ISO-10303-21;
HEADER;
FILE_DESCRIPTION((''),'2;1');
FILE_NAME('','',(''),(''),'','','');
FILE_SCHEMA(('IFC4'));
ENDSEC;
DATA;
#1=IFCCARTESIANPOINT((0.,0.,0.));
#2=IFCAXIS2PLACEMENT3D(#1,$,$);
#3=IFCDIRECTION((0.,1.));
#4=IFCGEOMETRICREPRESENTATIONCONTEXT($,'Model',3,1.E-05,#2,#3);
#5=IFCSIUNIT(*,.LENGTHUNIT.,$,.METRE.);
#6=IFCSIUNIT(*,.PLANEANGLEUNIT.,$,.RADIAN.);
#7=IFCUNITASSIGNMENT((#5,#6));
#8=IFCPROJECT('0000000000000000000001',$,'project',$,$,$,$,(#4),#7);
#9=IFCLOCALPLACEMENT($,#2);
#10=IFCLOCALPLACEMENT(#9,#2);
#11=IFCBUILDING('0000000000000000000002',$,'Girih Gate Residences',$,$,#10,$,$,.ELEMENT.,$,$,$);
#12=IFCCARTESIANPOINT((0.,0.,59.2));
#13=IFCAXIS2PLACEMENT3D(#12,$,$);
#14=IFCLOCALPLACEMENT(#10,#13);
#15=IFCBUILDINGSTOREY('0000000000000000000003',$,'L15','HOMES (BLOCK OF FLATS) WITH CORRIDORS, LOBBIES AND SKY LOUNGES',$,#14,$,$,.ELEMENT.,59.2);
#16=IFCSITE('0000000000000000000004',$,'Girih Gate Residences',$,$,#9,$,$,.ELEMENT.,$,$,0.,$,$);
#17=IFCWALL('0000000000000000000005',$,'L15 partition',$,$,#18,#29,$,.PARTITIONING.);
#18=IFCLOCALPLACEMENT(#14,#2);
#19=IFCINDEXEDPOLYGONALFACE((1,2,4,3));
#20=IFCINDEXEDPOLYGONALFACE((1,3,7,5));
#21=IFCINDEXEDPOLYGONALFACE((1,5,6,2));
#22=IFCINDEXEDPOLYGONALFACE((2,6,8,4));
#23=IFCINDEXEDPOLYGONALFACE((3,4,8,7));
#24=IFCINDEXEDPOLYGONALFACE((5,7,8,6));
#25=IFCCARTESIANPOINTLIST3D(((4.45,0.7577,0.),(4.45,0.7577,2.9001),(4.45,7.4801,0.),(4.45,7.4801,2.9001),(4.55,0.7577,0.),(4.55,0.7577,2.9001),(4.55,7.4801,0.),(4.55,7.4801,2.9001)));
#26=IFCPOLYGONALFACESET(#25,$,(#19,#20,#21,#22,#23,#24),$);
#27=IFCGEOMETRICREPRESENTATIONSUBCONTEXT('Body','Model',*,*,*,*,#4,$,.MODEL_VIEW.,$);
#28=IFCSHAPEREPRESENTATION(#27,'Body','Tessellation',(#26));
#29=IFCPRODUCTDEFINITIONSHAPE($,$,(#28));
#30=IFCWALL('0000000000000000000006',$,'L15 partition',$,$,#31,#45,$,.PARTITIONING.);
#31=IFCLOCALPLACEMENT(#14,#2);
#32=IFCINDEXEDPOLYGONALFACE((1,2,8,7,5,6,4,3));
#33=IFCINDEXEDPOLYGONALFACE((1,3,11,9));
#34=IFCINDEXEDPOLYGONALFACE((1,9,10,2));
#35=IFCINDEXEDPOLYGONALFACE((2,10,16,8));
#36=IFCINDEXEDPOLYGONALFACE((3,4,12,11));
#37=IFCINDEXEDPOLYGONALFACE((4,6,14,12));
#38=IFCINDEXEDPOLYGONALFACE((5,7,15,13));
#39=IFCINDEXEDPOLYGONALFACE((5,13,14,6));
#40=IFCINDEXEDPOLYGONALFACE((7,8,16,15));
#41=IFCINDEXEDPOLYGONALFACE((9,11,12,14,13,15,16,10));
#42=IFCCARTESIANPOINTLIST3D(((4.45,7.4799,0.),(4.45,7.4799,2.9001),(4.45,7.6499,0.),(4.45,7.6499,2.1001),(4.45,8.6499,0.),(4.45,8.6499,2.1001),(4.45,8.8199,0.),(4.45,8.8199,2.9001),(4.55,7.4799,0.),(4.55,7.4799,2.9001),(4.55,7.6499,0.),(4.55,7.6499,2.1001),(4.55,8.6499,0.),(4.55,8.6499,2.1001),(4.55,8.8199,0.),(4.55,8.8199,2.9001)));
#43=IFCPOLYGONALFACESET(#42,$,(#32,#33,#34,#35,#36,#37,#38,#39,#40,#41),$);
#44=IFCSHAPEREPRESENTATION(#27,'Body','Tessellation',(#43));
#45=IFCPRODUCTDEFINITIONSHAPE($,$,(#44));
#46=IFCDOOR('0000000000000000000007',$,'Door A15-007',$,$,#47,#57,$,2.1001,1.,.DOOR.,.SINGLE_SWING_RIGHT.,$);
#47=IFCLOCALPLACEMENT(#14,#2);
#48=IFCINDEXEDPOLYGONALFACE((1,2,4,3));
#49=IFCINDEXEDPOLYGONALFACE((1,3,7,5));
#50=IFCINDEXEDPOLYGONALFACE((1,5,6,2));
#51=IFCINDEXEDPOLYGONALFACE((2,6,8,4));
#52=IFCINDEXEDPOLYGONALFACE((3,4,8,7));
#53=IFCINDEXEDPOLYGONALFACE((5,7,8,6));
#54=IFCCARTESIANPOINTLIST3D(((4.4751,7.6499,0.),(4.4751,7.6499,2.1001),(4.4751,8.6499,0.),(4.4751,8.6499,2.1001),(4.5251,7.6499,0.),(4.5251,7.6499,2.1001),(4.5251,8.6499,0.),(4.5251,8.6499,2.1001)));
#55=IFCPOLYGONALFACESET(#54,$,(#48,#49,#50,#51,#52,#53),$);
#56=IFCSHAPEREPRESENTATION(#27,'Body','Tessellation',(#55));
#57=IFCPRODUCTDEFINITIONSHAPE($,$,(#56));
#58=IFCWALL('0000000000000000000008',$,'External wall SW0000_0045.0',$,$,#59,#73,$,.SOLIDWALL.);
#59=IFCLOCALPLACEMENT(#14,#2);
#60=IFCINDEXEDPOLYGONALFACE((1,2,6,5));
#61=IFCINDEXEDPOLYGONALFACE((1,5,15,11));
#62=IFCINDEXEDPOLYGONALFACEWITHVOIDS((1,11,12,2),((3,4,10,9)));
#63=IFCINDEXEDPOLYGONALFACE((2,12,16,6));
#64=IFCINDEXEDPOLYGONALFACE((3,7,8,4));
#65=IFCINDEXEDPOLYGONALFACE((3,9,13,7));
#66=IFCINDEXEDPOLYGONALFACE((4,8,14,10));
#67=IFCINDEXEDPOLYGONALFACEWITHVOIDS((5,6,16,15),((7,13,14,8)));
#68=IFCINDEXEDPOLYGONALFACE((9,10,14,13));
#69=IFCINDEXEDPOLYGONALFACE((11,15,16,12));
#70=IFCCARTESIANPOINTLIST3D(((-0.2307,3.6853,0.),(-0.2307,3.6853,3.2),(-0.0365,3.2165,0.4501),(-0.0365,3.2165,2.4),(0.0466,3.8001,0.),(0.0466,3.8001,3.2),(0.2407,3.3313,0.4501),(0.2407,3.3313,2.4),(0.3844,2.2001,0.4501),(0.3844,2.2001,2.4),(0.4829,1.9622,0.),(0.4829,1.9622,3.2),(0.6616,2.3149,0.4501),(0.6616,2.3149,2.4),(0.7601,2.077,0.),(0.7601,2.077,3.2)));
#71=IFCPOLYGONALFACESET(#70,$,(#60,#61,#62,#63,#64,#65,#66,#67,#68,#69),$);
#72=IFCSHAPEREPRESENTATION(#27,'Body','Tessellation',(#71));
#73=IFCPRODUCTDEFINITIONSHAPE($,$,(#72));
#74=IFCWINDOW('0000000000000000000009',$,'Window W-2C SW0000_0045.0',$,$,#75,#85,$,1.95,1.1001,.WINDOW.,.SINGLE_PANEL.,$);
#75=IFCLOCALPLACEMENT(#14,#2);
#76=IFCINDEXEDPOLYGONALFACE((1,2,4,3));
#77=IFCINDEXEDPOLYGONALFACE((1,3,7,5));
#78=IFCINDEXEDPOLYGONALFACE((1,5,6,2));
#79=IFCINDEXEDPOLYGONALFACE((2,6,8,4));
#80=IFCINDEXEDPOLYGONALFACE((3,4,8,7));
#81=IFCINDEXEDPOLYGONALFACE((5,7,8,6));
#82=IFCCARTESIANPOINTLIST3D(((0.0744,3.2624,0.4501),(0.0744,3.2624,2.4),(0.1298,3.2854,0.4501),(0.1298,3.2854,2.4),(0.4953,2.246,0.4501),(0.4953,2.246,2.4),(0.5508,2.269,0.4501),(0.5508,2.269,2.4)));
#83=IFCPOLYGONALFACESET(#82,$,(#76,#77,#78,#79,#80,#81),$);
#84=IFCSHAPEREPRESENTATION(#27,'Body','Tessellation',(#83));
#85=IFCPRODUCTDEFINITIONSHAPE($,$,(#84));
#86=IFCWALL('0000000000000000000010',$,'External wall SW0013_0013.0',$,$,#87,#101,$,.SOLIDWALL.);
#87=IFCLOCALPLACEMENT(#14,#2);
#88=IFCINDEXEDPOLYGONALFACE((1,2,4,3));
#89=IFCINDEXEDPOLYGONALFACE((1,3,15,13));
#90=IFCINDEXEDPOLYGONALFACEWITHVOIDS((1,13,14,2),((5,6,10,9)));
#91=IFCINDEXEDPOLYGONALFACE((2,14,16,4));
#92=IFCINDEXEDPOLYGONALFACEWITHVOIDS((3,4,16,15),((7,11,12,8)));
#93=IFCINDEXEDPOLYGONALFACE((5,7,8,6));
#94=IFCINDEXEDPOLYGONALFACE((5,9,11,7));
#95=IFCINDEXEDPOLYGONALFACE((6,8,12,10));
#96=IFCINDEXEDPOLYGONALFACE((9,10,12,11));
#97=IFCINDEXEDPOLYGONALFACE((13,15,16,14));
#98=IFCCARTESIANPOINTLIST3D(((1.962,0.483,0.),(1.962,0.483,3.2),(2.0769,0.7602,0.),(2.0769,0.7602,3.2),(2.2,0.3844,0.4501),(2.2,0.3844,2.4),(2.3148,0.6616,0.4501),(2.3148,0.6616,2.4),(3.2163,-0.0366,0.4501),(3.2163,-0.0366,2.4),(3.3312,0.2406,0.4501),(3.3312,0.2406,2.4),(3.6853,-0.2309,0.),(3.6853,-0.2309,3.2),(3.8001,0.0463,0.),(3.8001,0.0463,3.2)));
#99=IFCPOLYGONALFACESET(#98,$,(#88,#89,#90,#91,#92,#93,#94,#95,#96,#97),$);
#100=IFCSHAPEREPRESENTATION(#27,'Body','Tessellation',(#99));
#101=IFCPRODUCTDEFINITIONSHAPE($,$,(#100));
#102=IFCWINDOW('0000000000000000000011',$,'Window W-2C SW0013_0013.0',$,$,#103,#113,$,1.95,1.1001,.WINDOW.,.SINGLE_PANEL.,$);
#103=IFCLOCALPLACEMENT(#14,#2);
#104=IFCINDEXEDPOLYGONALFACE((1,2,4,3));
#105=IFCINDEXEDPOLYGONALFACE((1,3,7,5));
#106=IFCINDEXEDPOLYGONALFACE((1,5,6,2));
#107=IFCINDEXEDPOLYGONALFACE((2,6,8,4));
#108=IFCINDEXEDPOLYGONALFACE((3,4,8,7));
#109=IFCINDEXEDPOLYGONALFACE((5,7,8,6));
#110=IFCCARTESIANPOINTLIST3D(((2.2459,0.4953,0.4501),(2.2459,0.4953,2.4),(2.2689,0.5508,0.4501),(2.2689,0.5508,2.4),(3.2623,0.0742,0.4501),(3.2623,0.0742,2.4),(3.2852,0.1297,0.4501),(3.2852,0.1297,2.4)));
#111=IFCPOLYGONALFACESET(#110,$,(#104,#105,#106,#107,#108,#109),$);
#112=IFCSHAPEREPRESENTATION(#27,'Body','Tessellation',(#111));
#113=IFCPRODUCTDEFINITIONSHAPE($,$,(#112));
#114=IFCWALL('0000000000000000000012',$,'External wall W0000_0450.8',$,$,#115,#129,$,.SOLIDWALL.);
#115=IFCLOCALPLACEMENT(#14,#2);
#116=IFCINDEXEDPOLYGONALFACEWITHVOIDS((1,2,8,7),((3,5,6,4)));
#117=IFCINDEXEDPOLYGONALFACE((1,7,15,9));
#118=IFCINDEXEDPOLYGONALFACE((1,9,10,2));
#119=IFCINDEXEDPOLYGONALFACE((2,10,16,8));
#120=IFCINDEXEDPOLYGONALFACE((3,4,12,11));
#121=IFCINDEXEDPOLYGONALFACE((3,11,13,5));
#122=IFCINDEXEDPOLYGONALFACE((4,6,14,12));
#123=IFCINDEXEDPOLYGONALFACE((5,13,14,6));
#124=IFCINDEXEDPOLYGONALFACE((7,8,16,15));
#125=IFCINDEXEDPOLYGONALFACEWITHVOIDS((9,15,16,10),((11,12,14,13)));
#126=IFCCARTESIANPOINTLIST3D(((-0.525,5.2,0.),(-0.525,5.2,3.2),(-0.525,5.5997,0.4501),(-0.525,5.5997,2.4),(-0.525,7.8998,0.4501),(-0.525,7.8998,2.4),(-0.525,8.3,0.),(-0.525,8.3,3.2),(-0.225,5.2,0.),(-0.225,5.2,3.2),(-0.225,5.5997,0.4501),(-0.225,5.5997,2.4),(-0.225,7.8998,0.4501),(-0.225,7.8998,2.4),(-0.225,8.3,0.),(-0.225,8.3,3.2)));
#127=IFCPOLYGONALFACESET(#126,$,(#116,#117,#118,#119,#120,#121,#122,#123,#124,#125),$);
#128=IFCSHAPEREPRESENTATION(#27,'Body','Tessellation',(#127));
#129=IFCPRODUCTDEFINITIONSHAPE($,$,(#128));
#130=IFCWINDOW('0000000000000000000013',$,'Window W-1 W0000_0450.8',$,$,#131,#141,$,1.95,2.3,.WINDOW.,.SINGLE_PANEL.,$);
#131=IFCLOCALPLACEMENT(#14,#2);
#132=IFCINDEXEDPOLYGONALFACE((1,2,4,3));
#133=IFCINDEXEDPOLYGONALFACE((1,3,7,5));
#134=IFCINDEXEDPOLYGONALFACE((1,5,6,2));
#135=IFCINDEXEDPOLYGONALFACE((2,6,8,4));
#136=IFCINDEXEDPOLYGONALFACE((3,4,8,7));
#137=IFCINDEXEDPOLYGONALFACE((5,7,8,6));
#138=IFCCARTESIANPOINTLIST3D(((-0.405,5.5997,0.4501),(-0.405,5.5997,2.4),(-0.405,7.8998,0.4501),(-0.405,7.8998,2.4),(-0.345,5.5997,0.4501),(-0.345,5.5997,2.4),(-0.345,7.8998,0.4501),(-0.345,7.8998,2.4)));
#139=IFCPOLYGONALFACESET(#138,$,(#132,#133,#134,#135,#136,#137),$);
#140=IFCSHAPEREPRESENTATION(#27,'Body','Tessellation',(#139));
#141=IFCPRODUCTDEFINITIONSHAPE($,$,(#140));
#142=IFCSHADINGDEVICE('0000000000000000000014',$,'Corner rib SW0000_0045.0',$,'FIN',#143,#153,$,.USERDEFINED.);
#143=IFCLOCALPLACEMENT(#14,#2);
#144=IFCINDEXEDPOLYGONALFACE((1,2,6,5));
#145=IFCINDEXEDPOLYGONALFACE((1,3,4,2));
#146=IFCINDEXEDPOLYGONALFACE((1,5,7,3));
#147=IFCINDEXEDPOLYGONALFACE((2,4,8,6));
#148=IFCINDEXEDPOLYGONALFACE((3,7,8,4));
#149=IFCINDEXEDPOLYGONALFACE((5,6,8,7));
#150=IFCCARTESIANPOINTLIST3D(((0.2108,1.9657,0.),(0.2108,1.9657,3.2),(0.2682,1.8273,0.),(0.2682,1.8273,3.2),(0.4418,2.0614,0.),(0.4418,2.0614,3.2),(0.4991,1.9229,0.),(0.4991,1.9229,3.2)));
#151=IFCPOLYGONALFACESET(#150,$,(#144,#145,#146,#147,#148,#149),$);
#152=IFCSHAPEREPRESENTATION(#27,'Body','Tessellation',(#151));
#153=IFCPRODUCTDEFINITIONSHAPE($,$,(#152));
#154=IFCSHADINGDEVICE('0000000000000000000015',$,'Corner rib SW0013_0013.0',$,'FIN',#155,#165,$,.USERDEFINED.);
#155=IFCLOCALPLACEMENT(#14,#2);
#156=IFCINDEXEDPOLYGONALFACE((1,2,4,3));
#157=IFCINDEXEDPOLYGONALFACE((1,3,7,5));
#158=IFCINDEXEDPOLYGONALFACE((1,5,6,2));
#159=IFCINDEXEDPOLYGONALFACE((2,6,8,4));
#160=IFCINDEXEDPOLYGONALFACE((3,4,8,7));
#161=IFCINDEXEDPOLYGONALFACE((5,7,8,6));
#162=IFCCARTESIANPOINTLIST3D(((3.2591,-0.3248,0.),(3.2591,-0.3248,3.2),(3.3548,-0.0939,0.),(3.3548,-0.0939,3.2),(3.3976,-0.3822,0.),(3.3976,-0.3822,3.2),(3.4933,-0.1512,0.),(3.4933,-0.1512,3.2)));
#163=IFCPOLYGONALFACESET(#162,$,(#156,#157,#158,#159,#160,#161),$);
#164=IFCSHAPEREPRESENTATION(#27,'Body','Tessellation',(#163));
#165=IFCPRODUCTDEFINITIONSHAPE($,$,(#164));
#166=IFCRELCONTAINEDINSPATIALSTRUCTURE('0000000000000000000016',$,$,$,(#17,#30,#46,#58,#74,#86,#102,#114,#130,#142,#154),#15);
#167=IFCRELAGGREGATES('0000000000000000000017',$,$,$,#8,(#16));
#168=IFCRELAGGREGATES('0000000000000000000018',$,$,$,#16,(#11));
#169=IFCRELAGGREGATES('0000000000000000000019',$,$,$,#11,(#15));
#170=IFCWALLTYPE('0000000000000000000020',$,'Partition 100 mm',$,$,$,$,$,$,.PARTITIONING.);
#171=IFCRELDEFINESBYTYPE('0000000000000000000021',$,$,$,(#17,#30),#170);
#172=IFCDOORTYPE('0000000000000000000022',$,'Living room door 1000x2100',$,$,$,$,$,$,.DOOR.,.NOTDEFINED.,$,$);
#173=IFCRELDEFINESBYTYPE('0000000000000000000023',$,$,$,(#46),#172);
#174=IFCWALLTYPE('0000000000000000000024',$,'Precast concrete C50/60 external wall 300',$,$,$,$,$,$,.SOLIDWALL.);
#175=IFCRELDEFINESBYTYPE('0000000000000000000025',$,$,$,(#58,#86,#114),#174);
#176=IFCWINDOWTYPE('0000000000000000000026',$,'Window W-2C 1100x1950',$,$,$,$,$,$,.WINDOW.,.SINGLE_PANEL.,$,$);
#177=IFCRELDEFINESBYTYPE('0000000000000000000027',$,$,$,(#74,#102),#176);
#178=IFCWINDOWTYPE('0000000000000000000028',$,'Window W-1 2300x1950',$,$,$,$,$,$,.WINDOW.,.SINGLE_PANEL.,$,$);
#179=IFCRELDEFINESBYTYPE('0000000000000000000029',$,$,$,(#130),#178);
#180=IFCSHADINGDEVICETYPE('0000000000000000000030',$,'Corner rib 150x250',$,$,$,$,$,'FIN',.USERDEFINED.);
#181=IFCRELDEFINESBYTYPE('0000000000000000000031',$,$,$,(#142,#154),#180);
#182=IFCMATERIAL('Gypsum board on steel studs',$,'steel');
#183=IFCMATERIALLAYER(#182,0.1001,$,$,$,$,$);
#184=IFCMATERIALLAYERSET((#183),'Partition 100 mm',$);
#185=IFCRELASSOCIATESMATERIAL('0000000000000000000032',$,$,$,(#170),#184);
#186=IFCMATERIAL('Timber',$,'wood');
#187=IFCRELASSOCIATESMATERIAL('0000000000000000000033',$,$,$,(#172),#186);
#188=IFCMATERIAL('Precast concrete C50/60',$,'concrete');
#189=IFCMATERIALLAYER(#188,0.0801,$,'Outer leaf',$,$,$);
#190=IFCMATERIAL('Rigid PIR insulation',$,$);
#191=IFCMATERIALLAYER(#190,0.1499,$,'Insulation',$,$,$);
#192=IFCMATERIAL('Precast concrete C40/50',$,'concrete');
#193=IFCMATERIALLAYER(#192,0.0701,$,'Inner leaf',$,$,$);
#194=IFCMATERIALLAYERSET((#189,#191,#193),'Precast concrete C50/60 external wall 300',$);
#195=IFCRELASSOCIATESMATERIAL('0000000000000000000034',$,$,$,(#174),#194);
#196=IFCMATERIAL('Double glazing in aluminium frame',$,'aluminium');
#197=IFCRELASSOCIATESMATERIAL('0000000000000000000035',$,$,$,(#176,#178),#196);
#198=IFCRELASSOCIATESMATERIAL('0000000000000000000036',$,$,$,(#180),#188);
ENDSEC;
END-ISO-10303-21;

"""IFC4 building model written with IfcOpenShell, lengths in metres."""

from ifc_helpers import new_model, si_unit, direction, frame, frame_2d, origin, origin_2d, place, context, subcontext, project, spatial, rectangle, extrude, material, layer, layer_set, type_object, element, fill, save


model = new_model("IFC4")

# Units and contexts
model_context = context("Model", 3, precision=1e-05, world=origin(), true_north=direction((0.0, 1.0)))
body_context = subcontext(model_context, "Body", "Model", "MODEL_VIEW")
ifc_project = project(units=[si_unit("LENGTHUNIT", "METRE"), si_unit("PLANEANGLEUNIT", "RADIAN")], contexts=[model_context])

# Site, building, storey
site_placement = place(None, origin())
site = spatial("IfcSite", under=ifc_project, at=site_placement, Name="Girih Gate Residences", CompositionType="ELEMENT", RefElevation=0.0)
building_placement = place(site_placement, origin())
building = spatial("IfcBuilding", under=site, at=building_placement, Name="Girih Gate Residences", CompositionType="ELEMENT")
storey_placement = place(building_placement, frame((0.0, 0.0, 59.2)))
storey = spatial("IfcBuildingStorey", under=building, at=storey_placement, Name="L15", Description="HOMES (BLOCK OF FLATS) WITH CORRIDORS, LOBBIES AND SKY LOUNGES", CompositionType="ELEMENT", Elevation=59.2)

# Wall
ifc_material_1 = material(Name="Gypsum board on steel studs", Category="steel")
ifc_layer_1 = layer(ifc_material_1, 0.1001)
ifc_layer_set_1 = layer_set([ifc_layer_1], Name="Partition 100 mm")
wall_type_1 = type_object("IfcWallType", Name="Partition 100 mm", PredefinedType="PARTITIONING", material=ifc_layer_set_1)
wall_1_placement = place(storey_placement, frame((4.5, 0.7576, 0.0), z_axis=(0.0, 0.0, 1.0), x_axis=(0.0, 1.0, 0.0)))
element("IfcWall", 1, at=wall_1_placement, inside=storey, type_object=wall_type_1, Name="L15 partition", PredefinedType="PARTITIONING", context=body_context, shape_type="SweptSolid", body=[
    extrude(rectangle(XDim=6.7224, YDim=0.1001, at=frame_2d((3.3613, 0.0))), origin(), (0.0, 0.0, 1.0), 2.9001),
])

# Wall, opening, door
wall_2_placement = place(storey_placement, frame((4.5, 7.48, 0.0), z_axis=(0.0, 0.0, 1.0), x_axis=(0.0, 1.0, 0.0)))
wall_2 = element("IfcWall", 2, at=wall_2_placement, inside=storey, type_object=wall_type_1, Name="L15 partition", PredefinedType="PARTITIONING", context=body_context, shape_type="SweptSolid", body=[
    extrude(rectangle(XDim=1.3401, YDim=0.1001, at=frame_2d((0.6699, 0.0))), origin(), (0.0, 0.0, 1.0), 2.9001),
])
opening_1_placement = place(wall_2_placement, frame((0.1699, 0.0, 0.0)))
opening_1 = element("IfcOpeningElement", 3, at=opening_1_placement, cuts=wall_2, PredefinedType="OPENING", context=body_context, shape_type="SweptSolid", body=[
    extrude(rectangle(XDim=1.0, YDim=2.1001, at=frame_2d((0.5, 1.05))), frame((0.0, 0.0601, 0.0), z_axis=(0.0, -1.0, 0.0), x_axis=(1.0, 0.0, 0.0)), (0.0, 0.0, 1.0), 0.1201),
])
ifc_material_2 = material(Name="Timber", Category="wood")
door_type = type_object("IfcDoorType", Name="Living room door 1000x2100", OperationType="NOTDEFINED", PredefinedType="DOOR", material=ifc_material_2)
door_placement = place(opening_1_placement, origin())
door = element("IfcDoor", 4, at=door_placement, inside=storey, type_object=door_type, Name="Door A15-007", OperationType="SINGLE_SWING_RIGHT", OverallHeight=2.1001, OverallWidth=1.0, PredefinedType="DOOR", context=body_context, shape_type="SweptSolid", body=[
    extrude(rectangle(XDim=1.0, YDim=2.1001, at=frame_2d((0.5, 1.05))), frame((0.0, 0.0249, 0.0), z_axis=(0.0, -1.0, 0.0), x_axis=(1.0, 0.0, 0.0)), (0.0, 0.0, 1.0), 0.05),
])
fill(opening_1, door)

# Walls, openings, windows
ifc_material_3 = material(Name="Precast concrete C50/60", Category="concrete")
ifc_layer_2 = layer(ifc_material_3, 0.0801, Name="Outer leaf")
ifc_material_4 = material(Name="Rigid PIR insulation")
ifc_layer_3 = layer(ifc_material_4, 0.1499, Name="Insulation")
ifc_material_5 = material(Name="Precast concrete C40/50", Category="concrete")
ifc_layer_4 = layer(ifc_material_5, 0.0701, Name="Inner leaf")
ifc_layer_set_2 = layer_set([ifc_layer_2, ifc_layer_3, ifc_layer_4], Name="Precast concrete C50/60 external wall 300")
wall_type_2 = type_object("IfcWallType", Name="Precast concrete C50/60 external wall 300", PredefinedType="SOLIDWALL", material=ifc_layer_set_2)
wall_3_placement = place(storey_placement, frame((0.6216, 2.0195, 0.0), z_axis=(0.0, 0.0, 1.0), x_axis=(-0.382625, 0.923904, 0.0)))
wall_3 = element("IfcWall", 5, at=wall_3_placement, inside=storey, type_object=wall_type_2, Name="External wall SW0000_0045.0", PredefinedType="SOLIDWALL", context=body_context, shape_type="SweptSolid", body=[
    extrude(rectangle(XDim=1.865, YDim=0.3, at=frame_2d((0.9326, 0.0))), origin(), (0.0, 0.0, 1.0), 3.2),
])
opening_2_placement = place(wall_3_placement, frame((0.2576, 0.0, 0.45)))
opening_2 = element("IfcOpeningElement", 6, at=opening_2_placement, cuts=wall_3, PredefinedType="OPENING", context=body_context, shape_type="SweptSolid", body=[
    extrude(rectangle(XDim=1.1001, YDim=1.95, at=frame_2d((0.55, 0.9751))), frame((0.0, 0.1599, 0.0), z_axis=(0.0, -1.0, 0.0), x_axis=(1.0, 0.0, 0.0)), (0.0, 0.0, 1.0), 0.3201),
])
ifc_material_6 = material(Name="Double glazing in aluminium frame", Category="aluminium")
window_type_1 = type_object("IfcWindowType", Name="Window W-2C 1100x1950", PartitioningType="SINGLE_PANEL", PredefinedType="WINDOW", material=ifc_material_6)
window_1_placement = place(opening_2_placement, origin())
window_1 = element("IfcWindow", 7, at=window_1_placement, inside=storey, type_object=window_type_1, Name="Window W-2C SW0000_0045.0", OverallHeight=1.95, OverallWidth=1.1001, PartitioningType="SINGLE_PANEL", PredefinedType="WINDOW", context=body_context, shape_type="SweptSolid", body=[
    extrude(rectangle(XDim=1.1001, YDim=1.95, at=frame_2d((0.55, 0.9751))), frame((0.0, 0.03, 0.0), z_axis=(0.0, -1.0, 0.0), x_axis=(1.0, 0.0, 0.0)), (0.0, 0.0, 1.0), 0.0601),
])
fill(opening_2, window_1)
wall_4_placement = place(storey_placement, frame((3.7427, -0.0923, 0.0), z_axis=(0.0, 0.0, 1.0), x_axis=(-0.923857, 0.382737, 0.0)))
wall_4 = element("IfcWall", 8, at=wall_4_placement, inside=storey, type_object=wall_type_2, Name="External wall SW0013_0013.0", PredefinedType="SOLIDWALL", context=body_context, shape_type="SweptSolid", body=[
    extrude(rectangle(XDim=1.8652, YDim=0.3, at=frame_2d((0.9326, 0.0))), origin(), (0.0, 0.0, 1.0), 3.2),
])
opening_3_placement = place(wall_4_placement, frame((0.5076, 0.0, 0.45)))
opening_3 = element("IfcOpeningElement", 9, at=opening_3_placement, cuts=wall_4, PredefinedType="OPENING", context=body_context, shape_type="SweptSolid", body=[
    extrude(rectangle(XDim=1.1001, YDim=1.95, at=frame_2d((0.55, 0.9751))), frame((0.0, 0.1599, 0.0), z_axis=(0.0, -1.0, 0.0), x_axis=(1.0, 0.0, 0.0)), (0.0, 0.0, 1.0), 0.3201),
])
window_2_placement = place(opening_3_placement, origin())
window_2 = element("IfcWindow", 10, at=window_2_placement, inside=storey, type_object=window_type_1, Name="Window W-2C SW0013_0013.0", OverallHeight=1.95, OverallWidth=1.1001, PartitioningType="SINGLE_PANEL", PredefinedType="WINDOW", context=body_context, shape_type="SweptSolid", body=[
    extrude(rectangle(XDim=1.1001, YDim=1.95, at=frame_2d((0.55, 0.9751))), frame((0.0, 0.03, 0.0), z_axis=(0.0, -1.0, 0.0), x_axis=(1.0, 0.0, 0.0)), (0.0, 0.0, 1.0), 0.0601),
])
fill(opening_3, window_2)
wall_5_placement = place(storey_placement, frame((-0.375, 5.2, 0.0), z_axis=(0.0, 0.0, 1.0), x_axis=(0.0, 1.0, 0.0)))
wall_5 = element("IfcWall", 11, at=wall_5_placement, inside=storey, type_object=wall_type_2, Name="External wall W0000_0450.8", PredefinedType="SOLIDWALL", context=body_context, shape_type="SweptSolid", body=[
    extrude(rectangle(XDim=3.1001, YDim=0.3, at=frame_2d((1.55, 0.0))), origin(), (0.0, 0.0, 1.0), 3.2),
])
opening_4_placement = place(wall_5_placement, frame((0.3999, 0.0, 0.45)))
opening_4 = element("IfcOpeningElement", 12, at=opening_4_placement, cuts=wall_5, PredefinedType="OPENING", context=body_context, shape_type="SweptSolid", body=[
    extrude(rectangle(XDim=2.3, YDim=1.95, at=frame_2d((1.1499, 0.9751))), frame((0.0, 0.1599, 0.0), z_axis=(0.0, -1.0, 0.0), x_axis=(1.0, 0.0, 0.0)), (0.0, 0.0, 1.0), 0.3201),
])
window_type_2 = type_object("IfcWindowType", Name="Window W-1 2300x1950", PartitioningType="SINGLE_PANEL", PredefinedType="WINDOW", material=ifc_material_6)
window_3_placement = place(opening_4_placement, origin())
window_3 = element("IfcWindow", 13, at=window_3_placement, inside=storey, type_object=window_type_2, Name="Window W-1 W0000_0450.8", OverallHeight=1.95, OverallWidth=2.3, PartitioningType="SINGLE_PANEL", PredefinedType="WINDOW", context=body_context, shape_type="SweptSolid", body=[
    extrude(rectangle(XDim=2.3, YDim=1.95, at=frame_2d((1.1499, 0.9751))), frame((0.0, 0.03, 0.0), z_axis=(0.0, -1.0, 0.0), x_axis=(1.0, 0.0, 0.0)), (0.0, 0.0, 1.0), 0.0601),
])
fill(opening_4, window_3)

# Shading devices
shading_device_type = type_object("IfcShadingDeviceType", Name="Corner rib 150x250", ElementType="FIN", PredefinedType="USERDEFINED", material=ifc_material_3)
for number, where, z_axis, x_axis, name in (
    (14, (0.355, 1.9443, 0.0), (0.0, 0.0, 1.0), (0.382683, -0.92388, 0.0), "Corner rib SW0000_0045.0"),
    (15, (3.3762, -0.238, 0.0), (0.0, 0.0, 1.0), (0.92388, -0.382683, 0.0), "Corner rib SW0013_0013.0"),
):
    element("IfcShadingDevice", number, at=place(storey_placement, frame(where, z_axis=z_axis, x_axis=x_axis)), inside=storey, type_object=shading_device_type, Name=name, ObjectType="FIN", PredefinedType="USERDEFINED", context=body_context, shape_type="SweptSolid", body=[
        extrude(rectangle(XDim=0.1499, YDim=0.25, at=origin_2d()), origin(), (0.0, 0.0, 1.0), 3.2),
    ])

save(model, "model.ifc")
